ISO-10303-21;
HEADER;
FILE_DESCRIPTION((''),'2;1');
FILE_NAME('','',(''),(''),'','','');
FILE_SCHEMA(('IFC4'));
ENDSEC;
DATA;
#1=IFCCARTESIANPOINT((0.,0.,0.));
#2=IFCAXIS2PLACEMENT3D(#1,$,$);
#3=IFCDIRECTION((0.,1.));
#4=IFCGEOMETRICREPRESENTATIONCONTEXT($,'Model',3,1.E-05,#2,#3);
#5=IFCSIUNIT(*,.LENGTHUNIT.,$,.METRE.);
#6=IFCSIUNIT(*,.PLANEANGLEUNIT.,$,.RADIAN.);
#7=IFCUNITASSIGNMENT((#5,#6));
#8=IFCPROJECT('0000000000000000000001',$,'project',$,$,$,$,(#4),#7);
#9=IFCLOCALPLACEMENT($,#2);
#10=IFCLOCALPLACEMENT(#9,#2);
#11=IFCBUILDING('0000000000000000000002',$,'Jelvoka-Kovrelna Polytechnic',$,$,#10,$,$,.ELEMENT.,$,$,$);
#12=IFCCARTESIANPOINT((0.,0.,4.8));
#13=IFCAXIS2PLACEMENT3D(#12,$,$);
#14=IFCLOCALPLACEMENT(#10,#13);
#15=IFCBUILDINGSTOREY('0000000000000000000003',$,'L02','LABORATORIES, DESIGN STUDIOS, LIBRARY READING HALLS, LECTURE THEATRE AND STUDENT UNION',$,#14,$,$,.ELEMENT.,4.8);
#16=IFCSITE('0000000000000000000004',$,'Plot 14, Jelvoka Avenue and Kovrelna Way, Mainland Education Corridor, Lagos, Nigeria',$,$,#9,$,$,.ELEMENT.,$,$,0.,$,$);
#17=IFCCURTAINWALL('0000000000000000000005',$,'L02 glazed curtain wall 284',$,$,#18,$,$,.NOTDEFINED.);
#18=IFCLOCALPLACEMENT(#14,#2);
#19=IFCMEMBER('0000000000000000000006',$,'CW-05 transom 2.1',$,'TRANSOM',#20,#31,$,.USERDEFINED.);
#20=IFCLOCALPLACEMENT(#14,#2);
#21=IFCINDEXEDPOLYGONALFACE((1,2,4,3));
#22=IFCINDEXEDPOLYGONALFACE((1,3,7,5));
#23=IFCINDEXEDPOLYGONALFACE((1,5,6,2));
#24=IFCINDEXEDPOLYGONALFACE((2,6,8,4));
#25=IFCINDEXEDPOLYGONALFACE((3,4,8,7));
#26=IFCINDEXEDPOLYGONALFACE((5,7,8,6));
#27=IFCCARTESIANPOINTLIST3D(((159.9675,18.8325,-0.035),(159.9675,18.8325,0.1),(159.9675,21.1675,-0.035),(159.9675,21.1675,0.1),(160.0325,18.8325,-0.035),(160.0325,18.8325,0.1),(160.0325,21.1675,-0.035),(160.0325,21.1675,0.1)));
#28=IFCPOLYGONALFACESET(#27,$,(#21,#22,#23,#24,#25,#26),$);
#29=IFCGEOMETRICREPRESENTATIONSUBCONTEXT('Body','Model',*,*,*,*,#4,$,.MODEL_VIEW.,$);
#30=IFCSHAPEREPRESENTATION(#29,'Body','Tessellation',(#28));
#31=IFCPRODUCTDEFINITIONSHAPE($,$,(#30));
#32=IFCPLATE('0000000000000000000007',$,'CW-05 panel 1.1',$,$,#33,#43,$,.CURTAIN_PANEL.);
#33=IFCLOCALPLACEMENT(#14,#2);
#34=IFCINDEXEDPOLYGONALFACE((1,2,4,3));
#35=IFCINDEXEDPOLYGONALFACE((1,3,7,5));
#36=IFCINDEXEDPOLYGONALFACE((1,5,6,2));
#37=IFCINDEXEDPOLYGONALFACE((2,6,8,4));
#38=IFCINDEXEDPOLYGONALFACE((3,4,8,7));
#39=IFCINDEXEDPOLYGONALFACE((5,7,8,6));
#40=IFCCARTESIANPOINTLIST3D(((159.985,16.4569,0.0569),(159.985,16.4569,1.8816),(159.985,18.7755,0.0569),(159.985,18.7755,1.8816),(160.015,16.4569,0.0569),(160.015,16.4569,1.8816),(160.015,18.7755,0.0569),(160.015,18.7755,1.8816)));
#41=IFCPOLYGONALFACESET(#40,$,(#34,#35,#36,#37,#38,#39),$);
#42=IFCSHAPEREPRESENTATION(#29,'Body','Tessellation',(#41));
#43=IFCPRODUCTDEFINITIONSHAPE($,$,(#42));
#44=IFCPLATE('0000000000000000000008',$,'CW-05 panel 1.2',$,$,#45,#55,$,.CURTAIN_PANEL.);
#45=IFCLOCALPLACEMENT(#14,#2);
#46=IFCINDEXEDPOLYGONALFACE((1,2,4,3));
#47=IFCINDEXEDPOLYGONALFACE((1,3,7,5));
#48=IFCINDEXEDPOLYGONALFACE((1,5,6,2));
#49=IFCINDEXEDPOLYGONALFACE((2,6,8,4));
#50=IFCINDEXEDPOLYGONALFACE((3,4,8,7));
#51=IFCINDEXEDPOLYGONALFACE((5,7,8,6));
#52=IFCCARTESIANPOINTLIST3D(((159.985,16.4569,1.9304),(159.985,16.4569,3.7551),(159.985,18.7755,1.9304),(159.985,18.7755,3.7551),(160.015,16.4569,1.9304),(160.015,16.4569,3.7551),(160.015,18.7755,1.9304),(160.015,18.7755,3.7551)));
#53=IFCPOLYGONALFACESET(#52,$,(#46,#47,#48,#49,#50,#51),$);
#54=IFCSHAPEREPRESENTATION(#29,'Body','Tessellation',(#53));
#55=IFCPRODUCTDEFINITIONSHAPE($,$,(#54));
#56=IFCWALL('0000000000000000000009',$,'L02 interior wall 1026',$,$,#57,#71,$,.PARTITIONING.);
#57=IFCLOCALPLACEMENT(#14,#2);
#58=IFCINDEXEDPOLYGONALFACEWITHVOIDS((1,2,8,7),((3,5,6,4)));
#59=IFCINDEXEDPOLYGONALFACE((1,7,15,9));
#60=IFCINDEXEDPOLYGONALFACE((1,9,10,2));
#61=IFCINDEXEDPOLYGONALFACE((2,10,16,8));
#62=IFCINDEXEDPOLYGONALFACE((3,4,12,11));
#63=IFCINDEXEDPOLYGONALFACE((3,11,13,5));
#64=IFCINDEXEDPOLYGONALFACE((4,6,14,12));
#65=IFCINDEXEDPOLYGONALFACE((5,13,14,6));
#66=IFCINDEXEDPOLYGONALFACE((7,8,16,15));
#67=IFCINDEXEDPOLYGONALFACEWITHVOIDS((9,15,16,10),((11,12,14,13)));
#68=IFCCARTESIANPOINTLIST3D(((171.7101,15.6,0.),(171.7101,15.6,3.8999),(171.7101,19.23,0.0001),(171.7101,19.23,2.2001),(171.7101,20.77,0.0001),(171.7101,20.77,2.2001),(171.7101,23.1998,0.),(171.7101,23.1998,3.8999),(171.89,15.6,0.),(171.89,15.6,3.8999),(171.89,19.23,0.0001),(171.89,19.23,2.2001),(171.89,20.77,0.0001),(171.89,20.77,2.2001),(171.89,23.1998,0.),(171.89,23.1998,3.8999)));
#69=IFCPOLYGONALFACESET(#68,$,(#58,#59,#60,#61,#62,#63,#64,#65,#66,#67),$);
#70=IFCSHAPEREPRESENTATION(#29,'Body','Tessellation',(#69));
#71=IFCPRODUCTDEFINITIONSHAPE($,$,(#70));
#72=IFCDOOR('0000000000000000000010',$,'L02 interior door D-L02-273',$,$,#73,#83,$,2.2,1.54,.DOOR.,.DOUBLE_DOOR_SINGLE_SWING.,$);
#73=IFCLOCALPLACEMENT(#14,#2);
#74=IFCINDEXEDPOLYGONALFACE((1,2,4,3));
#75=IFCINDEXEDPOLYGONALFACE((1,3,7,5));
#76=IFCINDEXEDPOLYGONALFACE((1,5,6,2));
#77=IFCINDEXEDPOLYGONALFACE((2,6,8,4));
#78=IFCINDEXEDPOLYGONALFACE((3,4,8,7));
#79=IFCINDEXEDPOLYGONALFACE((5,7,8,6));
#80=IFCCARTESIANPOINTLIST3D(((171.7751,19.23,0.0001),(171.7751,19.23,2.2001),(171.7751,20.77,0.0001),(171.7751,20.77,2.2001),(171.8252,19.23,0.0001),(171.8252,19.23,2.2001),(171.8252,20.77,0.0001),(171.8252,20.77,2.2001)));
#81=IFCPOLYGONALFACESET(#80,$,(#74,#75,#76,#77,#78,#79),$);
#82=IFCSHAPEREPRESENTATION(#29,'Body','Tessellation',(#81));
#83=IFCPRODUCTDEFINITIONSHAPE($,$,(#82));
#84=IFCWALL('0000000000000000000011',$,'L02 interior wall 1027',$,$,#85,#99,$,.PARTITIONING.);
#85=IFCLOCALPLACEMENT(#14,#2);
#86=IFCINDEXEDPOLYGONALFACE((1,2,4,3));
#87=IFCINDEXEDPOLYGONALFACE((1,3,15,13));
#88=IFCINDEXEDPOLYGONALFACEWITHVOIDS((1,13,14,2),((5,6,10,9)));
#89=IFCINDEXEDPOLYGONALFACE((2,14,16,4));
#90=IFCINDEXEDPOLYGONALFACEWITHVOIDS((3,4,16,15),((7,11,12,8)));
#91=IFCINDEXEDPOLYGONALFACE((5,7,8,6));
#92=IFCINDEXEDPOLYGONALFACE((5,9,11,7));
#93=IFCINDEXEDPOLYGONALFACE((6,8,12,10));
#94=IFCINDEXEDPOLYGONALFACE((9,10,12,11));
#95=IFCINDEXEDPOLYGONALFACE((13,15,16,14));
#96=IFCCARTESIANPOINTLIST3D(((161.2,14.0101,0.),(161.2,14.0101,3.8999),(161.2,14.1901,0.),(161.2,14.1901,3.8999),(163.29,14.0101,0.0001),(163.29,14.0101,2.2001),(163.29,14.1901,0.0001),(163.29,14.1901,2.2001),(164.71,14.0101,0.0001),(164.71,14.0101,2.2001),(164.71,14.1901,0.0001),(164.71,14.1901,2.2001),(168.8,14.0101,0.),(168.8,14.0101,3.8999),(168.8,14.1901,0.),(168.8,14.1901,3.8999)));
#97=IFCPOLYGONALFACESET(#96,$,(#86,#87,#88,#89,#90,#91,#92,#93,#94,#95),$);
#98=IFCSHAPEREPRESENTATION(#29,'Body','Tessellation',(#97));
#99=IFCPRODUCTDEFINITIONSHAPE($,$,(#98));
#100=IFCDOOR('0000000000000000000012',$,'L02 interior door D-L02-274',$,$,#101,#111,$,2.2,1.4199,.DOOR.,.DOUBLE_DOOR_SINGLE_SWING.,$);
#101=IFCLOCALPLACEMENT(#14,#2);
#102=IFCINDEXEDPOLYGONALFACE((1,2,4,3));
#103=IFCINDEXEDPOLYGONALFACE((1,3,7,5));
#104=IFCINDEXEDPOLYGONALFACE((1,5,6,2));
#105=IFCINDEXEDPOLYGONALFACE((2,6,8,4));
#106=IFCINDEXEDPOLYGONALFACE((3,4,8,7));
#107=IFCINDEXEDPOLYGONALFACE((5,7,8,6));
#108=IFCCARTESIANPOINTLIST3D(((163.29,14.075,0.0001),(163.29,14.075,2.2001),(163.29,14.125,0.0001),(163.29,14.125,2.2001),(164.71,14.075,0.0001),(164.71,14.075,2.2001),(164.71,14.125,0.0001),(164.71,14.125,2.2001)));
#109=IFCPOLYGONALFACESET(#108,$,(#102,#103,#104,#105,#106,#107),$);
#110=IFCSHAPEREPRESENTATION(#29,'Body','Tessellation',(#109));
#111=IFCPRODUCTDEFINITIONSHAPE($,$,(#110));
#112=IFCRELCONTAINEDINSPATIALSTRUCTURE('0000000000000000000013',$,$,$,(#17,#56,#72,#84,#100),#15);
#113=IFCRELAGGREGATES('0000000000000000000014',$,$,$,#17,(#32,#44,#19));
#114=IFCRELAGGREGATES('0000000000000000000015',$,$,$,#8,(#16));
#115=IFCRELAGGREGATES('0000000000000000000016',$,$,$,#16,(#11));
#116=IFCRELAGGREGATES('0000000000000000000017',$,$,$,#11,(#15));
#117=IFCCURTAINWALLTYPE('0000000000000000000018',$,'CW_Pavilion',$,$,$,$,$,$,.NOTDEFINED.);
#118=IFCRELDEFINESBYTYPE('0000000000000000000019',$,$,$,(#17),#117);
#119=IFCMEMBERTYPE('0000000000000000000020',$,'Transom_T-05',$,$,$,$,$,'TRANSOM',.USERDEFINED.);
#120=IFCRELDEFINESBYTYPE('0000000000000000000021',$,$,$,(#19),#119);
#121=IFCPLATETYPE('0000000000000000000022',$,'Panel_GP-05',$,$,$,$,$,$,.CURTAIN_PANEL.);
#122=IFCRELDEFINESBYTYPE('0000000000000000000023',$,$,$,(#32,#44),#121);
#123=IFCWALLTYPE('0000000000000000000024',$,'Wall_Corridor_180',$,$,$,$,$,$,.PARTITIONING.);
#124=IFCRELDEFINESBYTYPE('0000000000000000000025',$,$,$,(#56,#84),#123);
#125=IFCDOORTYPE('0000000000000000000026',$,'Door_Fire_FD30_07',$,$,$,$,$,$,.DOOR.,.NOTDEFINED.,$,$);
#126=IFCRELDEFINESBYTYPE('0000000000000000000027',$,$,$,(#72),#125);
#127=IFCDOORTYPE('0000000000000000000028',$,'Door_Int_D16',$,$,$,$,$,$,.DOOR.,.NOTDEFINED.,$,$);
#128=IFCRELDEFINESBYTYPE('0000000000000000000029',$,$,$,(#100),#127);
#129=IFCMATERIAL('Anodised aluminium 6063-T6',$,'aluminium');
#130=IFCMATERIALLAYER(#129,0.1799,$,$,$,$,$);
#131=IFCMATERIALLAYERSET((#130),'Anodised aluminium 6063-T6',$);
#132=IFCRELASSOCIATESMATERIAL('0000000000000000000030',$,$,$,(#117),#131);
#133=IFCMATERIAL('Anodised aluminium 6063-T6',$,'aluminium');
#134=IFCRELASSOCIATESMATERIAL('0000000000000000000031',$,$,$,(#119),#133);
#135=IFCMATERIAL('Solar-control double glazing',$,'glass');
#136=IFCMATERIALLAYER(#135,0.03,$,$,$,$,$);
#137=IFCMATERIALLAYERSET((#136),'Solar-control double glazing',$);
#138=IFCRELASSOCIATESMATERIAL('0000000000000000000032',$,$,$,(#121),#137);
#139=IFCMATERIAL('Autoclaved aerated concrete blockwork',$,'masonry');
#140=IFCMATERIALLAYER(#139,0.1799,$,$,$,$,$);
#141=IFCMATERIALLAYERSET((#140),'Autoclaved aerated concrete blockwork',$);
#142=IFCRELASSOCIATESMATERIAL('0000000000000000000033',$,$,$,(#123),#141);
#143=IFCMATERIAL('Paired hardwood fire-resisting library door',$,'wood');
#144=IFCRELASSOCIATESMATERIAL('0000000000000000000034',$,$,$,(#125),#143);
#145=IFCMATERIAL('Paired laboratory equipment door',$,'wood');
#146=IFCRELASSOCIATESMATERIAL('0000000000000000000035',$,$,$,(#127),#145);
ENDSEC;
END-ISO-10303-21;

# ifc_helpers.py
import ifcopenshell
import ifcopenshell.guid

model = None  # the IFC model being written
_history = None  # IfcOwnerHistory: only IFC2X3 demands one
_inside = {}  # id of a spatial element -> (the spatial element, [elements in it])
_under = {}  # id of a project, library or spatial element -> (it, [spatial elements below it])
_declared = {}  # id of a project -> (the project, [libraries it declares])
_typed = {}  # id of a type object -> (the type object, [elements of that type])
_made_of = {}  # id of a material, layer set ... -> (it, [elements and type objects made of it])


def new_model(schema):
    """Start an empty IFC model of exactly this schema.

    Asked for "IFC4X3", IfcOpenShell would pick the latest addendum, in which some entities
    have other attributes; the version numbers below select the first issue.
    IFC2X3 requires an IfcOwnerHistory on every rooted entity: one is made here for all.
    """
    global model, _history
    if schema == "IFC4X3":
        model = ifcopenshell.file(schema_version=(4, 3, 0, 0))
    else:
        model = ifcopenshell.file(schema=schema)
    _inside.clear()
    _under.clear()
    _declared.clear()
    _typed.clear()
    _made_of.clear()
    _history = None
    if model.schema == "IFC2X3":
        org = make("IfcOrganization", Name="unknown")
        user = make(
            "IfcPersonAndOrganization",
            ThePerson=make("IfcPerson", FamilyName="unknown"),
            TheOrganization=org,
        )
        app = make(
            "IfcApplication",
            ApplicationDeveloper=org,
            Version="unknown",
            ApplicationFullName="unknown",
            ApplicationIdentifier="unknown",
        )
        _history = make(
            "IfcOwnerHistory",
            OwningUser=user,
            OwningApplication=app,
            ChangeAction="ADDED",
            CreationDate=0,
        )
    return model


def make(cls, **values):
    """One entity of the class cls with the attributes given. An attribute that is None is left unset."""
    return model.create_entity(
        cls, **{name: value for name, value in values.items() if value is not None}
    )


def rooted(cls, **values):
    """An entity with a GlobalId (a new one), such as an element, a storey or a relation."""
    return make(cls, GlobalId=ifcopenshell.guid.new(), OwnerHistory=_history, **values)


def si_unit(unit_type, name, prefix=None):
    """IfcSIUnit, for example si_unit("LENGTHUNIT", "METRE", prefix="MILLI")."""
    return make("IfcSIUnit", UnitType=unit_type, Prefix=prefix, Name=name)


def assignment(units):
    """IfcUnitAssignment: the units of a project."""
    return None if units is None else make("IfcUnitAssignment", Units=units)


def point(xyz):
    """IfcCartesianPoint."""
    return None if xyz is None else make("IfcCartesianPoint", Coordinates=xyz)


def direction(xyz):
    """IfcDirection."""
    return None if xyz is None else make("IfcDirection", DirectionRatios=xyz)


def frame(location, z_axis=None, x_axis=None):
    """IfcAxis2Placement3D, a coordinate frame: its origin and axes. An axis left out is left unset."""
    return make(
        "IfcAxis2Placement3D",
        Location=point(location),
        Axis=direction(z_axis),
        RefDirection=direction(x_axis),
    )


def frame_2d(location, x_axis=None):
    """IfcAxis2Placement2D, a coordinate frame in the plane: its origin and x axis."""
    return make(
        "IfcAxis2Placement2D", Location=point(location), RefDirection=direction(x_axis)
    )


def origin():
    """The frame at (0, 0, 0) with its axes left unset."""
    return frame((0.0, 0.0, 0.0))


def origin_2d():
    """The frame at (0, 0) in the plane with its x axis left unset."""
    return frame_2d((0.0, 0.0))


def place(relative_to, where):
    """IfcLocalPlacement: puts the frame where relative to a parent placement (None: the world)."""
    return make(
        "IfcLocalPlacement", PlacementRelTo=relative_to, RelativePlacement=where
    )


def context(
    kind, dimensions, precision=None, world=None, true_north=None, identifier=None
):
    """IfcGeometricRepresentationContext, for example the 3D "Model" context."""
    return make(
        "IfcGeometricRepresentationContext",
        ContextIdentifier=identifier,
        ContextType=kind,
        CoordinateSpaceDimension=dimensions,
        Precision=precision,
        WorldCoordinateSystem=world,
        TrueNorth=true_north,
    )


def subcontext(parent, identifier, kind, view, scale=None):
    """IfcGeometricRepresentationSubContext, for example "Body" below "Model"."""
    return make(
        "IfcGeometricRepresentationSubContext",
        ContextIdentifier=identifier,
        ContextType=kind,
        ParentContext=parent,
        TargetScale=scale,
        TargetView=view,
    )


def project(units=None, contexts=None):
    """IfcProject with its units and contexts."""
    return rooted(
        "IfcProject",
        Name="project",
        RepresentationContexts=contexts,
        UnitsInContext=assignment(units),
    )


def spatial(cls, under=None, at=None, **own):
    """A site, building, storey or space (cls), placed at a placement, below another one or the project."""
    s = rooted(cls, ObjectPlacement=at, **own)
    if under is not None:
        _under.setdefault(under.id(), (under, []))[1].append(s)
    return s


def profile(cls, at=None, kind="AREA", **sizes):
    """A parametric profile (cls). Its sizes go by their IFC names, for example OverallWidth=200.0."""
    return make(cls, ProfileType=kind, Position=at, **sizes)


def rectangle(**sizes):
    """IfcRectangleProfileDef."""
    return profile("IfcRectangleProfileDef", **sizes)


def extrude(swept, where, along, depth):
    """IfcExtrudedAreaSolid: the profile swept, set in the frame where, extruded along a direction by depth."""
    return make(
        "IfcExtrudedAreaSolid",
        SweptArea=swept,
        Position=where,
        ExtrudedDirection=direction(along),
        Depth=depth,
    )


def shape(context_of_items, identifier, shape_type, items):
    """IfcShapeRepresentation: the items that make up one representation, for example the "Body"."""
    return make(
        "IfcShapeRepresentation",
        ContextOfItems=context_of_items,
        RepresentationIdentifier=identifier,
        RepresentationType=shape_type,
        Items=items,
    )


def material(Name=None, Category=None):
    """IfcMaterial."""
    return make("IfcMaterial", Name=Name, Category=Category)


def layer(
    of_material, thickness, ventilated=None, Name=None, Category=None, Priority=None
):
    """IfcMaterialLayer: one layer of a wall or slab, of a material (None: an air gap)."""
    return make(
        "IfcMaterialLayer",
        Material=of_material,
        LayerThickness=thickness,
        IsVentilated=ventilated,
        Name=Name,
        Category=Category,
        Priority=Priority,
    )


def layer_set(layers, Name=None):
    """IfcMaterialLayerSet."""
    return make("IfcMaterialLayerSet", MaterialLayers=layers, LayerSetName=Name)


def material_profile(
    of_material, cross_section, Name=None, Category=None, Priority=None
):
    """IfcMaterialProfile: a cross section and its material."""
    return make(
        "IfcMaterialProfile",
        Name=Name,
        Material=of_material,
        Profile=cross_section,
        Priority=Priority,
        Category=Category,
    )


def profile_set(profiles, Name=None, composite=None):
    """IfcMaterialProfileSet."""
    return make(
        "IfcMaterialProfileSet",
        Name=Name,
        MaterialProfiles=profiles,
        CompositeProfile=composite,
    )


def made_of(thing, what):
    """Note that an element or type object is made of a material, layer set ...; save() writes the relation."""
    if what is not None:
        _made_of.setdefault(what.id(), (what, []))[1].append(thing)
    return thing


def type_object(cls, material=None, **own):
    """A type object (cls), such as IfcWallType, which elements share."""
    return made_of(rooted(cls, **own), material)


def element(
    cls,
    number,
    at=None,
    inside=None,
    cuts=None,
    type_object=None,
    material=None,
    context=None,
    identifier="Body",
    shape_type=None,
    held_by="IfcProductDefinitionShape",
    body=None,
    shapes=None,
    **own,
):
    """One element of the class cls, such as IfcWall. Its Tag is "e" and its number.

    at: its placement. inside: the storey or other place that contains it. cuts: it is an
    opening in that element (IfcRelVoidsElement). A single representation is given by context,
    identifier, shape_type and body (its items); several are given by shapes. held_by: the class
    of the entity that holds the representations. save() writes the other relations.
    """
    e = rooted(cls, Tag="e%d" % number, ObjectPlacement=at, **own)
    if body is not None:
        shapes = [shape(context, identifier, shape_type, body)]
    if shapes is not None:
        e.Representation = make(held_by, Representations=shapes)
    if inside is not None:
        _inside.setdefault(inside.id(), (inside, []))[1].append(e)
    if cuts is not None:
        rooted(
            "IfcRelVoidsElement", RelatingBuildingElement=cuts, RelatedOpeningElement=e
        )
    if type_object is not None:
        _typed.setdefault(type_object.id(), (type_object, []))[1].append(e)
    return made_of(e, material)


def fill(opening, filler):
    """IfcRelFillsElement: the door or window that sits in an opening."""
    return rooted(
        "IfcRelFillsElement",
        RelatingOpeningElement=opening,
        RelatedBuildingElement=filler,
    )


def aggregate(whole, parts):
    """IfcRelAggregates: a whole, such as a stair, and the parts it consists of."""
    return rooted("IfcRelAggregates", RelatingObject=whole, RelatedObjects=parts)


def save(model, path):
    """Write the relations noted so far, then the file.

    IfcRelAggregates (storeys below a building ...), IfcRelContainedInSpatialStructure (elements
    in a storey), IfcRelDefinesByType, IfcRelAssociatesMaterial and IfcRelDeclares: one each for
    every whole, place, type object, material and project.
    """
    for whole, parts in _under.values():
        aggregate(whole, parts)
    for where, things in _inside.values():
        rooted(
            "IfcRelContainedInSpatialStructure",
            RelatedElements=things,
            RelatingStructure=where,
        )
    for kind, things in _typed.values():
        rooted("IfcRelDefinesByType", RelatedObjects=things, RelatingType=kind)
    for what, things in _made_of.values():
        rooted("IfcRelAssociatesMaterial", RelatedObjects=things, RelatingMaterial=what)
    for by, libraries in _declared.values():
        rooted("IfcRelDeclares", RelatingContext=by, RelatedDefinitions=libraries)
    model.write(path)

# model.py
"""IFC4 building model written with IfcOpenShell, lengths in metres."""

from ifc_helpers import new_model, si_unit, direction, frame, frame_2d, origin, origin_2d, place, context, subcontext, project, spatial, rectangle, extrude, material, layer, layer_set, material_profile, profile_set, type_object, element, fill, aggregate, save


model = new_model("IFC4")

# Units and contexts
model_context = context("Model", 3, precision=1e-05, world=origin(), true_north=direction((0.0, 1.0)))
body_context = subcontext(model_context, "Body", "Model", "MODEL_VIEW")
ifc_project = project(units=[si_unit("LENGTHUNIT", "METRE"), si_unit("PLANEANGLEUNIT", "RADIAN")], contexts=[model_context])

# Site, building, storey
site_placement = place(None, origin())
site = spatial("IfcSite", under=ifc_project, at=site_placement, Name="Plot 14, Jelvoka Avenue and Kovrelna Way, Mainland Education Corridor, Lagos, Nigeria", CompositionType="ELEMENT", RefElevation=0.0)
building_placement = place(site_placement, origin())
building = spatial("IfcBuilding", under=site, at=building_placement, Name="Jelvoka-Kovrelna Polytechnic", CompositionType="ELEMENT")
storey_placement = place(building_placement, frame((0.0, 0.0, 4.8)))
storey = spatial("IfcBuildingStorey", under=building, at=storey_placement, Name="L02", Description="LABORATORIES, DESIGN STUDIOS, LIBRARY READING HALLS, LECTURE THEATRE AND STUDENT UNION", CompositionType="ELEMENT", Elevation=4.8)

# Shared definitions
ifc_material_1 = material(Name="Anodised aluminium 6063-T6", Category="aluminium")
ifc_layer_1 = layer(ifc_material_1, 0.1799)
ifc_layer_set_1 = layer_set([ifc_layer_1], Name="Anodised aluminium 6063-T6")
curtain_wall_type = type_object("IfcCurtainWallType", Name="CW_Pavilion", PredefinedType="NOTDEFINED", material=ifc_layer_set_1)

# Curtain wall
curtain_wall_1_placement = place(storey_placement, origin())
curtain_wall_1 = element("IfcCurtainWall", 1, at=curtain_wall_1_placement, inside=storey, type_object=curtain_wall_type, Name="L02 glazed curtain wall 284", PredefinedType="NOTDEFINED")

# Member
ifc_material_2 = material(Name="Anodised aluminium 6063-T6", Category="aluminium")
ifc_material_profile_1 = material_profile(ifc_material_2, rectangle(XDim=0.0649, YDim=0.135, at=origin_2d()), Name="ALU 65x135")
ifc_profile_set_1 = profile_set([ifc_material_profile_1], Name="Anodised aluminium 6063-T6")
member_type_1 = type_object("IfcMemberType", Name="Transom_T-05", ElementType="TRANSOM", PredefinedType="USERDEFINED", material=ifc_profile_set_1)
member_1_placement = place(storey_placement, frame((160.0, 18.8325, 0.0325), z_axis=(0.0, 1.0, 0.0), x_axis=(-1.0, 0.0, 0.0)))
member_1 = element("IfcMember", 2, at=member_1_placement, type_object=member_type_1, Name="CW-05 transom 2.1", ObjectType="TRANSOM", PredefinedType="USERDEFINED", context=body_context, shape_type="SweptSolid", body=[
    extrude(rectangle(XDim=0.0649, YDim=0.135, at=origin_2d()), origin(), (0.0, 0.0, 1.0), 2.335),
])

# Plates
ifc_material_3 = material(Name="Solar-control double glazing", Category="glass")
ifc_layer_2 = layer(ifc_material_3, 0.03)
ifc_layer_set_2 = layer_set([ifc_layer_2], Name="Solar-control double glazing")
plate_type = type_object("IfcPlateType", Name="Panel_GP-05", PredefinedType="CURTAIN_PANEL", material=ifc_layer_set_2)
plate_1_placement = place(storey_placement, frame((160.0, 17.6162, 0.0569), z_axis=(0.0, 0.0, 1.0), x_axis=(0.0, 1.0, 0.0)))
plate_1 = element("IfcPlate", 3, at=plate_1_placement, type_object=plate_type, Name="CW-05 panel 1.1", PredefinedType="CURTAIN_PANEL", context=body_context, shape_type="SweptSolid", body=[
    extrude(rectangle(XDim=2.3186, YDim=0.03, at=origin_2d()), origin(), (0.0, 0.0, 1.0), 1.8247),
])
plate_2_placement = place(storey_placement, frame((160.0, 17.6162, 1.9304), z_axis=(0.0, 0.0, 1.0), x_axis=(0.0, 1.0, 0.0)))
plate_2 = element("IfcPlate", 4, at=plate_2_placement, type_object=plate_type, Name="CW-05 panel 1.2", PredefinedType="CURTAIN_PANEL", context=body_context, shape_type="SweptSolid", body=[
    extrude(rectangle(XDim=2.3186, YDim=0.03, at=origin_2d()), origin(), (0.0, 0.0, 1.0), 1.8247),
])
aggregate(curtain_wall_1, [plate_1, plate_2, member_1])

# Walls, openings, doors
ifc_material_4 = material(Name="Autoclaved aerated concrete blockwork", Category="masonry")
ifc_layer_3 = layer(ifc_material_4, 0.1799)
ifc_layer_set_3 = layer_set([ifc_layer_3], Name="Autoclaved aerated concrete blockwork")
wall_type = type_object("IfcWallType", Name="Wall_Corridor_180", PredefinedType="PARTITIONING", material=ifc_layer_set_3)
wall_1_placement = place(storey_placement, frame((171.8, 15.6001, 0.0), z_axis=(0.0, 0.0, 1.0), x_axis=(0.0, 1.0, 0.0)))
wall_1 = element("IfcWall", 5, at=wall_1_placement, inside=storey, type_object=wall_type, Name="L02 interior wall 1026", PredefinedType="PARTITIONING", context=body_context, shape_type="SweptSolid", body=[
    extrude(rectangle(XDim=7.5999, YDim=0.1799, at=frame_2d((3.7998, 0.0))), origin(), (0.0, 0.0, 1.0), 3.8999),
])
opening_1_placement = place(wall_1_placement, frame((3.6299, 0.0, 0.0)))
opening_1 = element("IfcOpeningElement", 6, at=opening_1_placement, cuts=wall_1, PredefinedType="OPENING", context=body_context, shape_type="SweptSolid", body=[
    extrude(rectangle(XDim=1.54, YDim=2.2, at=frame_2d((0.77, 1.1001))), frame((0.0, 0.0999, 0.0), z_axis=(0.0, -1.0, 0.0), x_axis=(1.0, 0.0, 0.0)), (0.0, 0.0, 1.0), 0.2),
])
ifc_material_5 = material(Name="Paired hardwood fire-resisting library door", Category="wood")
door_type_1 = type_object("IfcDoorType", Name="Door_Fire_FD30_07", OperationType="NOTDEFINED", PredefinedType="DOOR", material=ifc_material_5)
door_1_placement = place(opening_1_placement, origin())
door_1 = element("IfcDoor", 7, at=door_1_placement, inside=storey, type_object=door_type_1, Name="L02 interior door D-L02-273", OperationType="DOUBLE_DOOR_SINGLE_SWING", OverallHeight=2.2, OverallWidth=1.54, PredefinedType="DOOR", context=body_context, shape_type="SweptSolid", body=[
    extrude(rectangle(XDim=1.54, YDim=2.2, at=frame_2d((0.77, 1.1001))), frame((0.0, 0.0249, 0.0), z_axis=(0.0, -1.0, 0.0), x_axis=(1.0, 0.0, 0.0)), (0.0, 0.0, 1.0), 0.05),
])
fill(opening_1, door_1)
wall_2_placement = place(storey_placement, frame((161.2, 14.1001, 0.0), z_axis=(0.0, 0.0, 1.0), x_axis=(1.0, 0.0, 0.0)))
wall_2 = element("IfcWall", 8, at=wall_2_placement, inside=storey, type_object=wall_type, Name="L02 interior wall 1027", PredefinedType="PARTITIONING", context=body_context, shape_type="SweptSolid", body=[
    extrude(rectangle(XDim=7.6001, YDim=0.1799, at=frame_2d((3.8, 0.0))), origin(), (0.0, 0.0, 1.0), 3.8999),
])
opening_2_placement = place(wall_2_placement, frame((2.0901, 0.0, 0.0)))
opening_2 = element("IfcOpeningElement", 9, at=opening_2_placement, cuts=wall_2, PredefinedType="OPENING", context=body_context, shape_type="SweptSolid", body=[
    extrude(rectangle(XDim=1.4199, YDim=2.2, at=frame_2d((0.71, 1.1001))), frame((0.0, 0.0999, 0.0), z_axis=(0.0, -1.0, 0.0), x_axis=(1.0, 0.0, 0.0)), (0.0, 0.0, 1.0), 0.2),
])
ifc_material_6 = material(Name="Paired laboratory equipment door", Category="wood")
door_type_2 = type_object("IfcDoorType", Name="Door_Int_D16", OperationType="NOTDEFINED", PredefinedType="DOOR", material=ifc_material_6)
door_2_placement = place(opening_2_placement, origin())
door_2 = element("IfcDoor", 10, at=door_2_placement, inside=storey, type_object=door_type_2, Name="L02 interior door D-L02-274", OperationType="DOUBLE_DOOR_SINGLE_SWING", OverallHeight=2.2, OverallWidth=1.4199, PredefinedType="DOOR", context=body_context, shape_type="SweptSolid", body=[
    extrude(rectangle(XDim=1.4199, YDim=2.2, at=frame_2d((0.71, 1.1001))), frame((0.0, 0.0249, 0.0), z_axis=(0.0, -1.0, 0.0), x_axis=(1.0, 0.0, 0.0)), (0.0, 0.0, 1.0), 0.05),
])
fill(opening_2, door_2)

save(model, "model.ifc")
